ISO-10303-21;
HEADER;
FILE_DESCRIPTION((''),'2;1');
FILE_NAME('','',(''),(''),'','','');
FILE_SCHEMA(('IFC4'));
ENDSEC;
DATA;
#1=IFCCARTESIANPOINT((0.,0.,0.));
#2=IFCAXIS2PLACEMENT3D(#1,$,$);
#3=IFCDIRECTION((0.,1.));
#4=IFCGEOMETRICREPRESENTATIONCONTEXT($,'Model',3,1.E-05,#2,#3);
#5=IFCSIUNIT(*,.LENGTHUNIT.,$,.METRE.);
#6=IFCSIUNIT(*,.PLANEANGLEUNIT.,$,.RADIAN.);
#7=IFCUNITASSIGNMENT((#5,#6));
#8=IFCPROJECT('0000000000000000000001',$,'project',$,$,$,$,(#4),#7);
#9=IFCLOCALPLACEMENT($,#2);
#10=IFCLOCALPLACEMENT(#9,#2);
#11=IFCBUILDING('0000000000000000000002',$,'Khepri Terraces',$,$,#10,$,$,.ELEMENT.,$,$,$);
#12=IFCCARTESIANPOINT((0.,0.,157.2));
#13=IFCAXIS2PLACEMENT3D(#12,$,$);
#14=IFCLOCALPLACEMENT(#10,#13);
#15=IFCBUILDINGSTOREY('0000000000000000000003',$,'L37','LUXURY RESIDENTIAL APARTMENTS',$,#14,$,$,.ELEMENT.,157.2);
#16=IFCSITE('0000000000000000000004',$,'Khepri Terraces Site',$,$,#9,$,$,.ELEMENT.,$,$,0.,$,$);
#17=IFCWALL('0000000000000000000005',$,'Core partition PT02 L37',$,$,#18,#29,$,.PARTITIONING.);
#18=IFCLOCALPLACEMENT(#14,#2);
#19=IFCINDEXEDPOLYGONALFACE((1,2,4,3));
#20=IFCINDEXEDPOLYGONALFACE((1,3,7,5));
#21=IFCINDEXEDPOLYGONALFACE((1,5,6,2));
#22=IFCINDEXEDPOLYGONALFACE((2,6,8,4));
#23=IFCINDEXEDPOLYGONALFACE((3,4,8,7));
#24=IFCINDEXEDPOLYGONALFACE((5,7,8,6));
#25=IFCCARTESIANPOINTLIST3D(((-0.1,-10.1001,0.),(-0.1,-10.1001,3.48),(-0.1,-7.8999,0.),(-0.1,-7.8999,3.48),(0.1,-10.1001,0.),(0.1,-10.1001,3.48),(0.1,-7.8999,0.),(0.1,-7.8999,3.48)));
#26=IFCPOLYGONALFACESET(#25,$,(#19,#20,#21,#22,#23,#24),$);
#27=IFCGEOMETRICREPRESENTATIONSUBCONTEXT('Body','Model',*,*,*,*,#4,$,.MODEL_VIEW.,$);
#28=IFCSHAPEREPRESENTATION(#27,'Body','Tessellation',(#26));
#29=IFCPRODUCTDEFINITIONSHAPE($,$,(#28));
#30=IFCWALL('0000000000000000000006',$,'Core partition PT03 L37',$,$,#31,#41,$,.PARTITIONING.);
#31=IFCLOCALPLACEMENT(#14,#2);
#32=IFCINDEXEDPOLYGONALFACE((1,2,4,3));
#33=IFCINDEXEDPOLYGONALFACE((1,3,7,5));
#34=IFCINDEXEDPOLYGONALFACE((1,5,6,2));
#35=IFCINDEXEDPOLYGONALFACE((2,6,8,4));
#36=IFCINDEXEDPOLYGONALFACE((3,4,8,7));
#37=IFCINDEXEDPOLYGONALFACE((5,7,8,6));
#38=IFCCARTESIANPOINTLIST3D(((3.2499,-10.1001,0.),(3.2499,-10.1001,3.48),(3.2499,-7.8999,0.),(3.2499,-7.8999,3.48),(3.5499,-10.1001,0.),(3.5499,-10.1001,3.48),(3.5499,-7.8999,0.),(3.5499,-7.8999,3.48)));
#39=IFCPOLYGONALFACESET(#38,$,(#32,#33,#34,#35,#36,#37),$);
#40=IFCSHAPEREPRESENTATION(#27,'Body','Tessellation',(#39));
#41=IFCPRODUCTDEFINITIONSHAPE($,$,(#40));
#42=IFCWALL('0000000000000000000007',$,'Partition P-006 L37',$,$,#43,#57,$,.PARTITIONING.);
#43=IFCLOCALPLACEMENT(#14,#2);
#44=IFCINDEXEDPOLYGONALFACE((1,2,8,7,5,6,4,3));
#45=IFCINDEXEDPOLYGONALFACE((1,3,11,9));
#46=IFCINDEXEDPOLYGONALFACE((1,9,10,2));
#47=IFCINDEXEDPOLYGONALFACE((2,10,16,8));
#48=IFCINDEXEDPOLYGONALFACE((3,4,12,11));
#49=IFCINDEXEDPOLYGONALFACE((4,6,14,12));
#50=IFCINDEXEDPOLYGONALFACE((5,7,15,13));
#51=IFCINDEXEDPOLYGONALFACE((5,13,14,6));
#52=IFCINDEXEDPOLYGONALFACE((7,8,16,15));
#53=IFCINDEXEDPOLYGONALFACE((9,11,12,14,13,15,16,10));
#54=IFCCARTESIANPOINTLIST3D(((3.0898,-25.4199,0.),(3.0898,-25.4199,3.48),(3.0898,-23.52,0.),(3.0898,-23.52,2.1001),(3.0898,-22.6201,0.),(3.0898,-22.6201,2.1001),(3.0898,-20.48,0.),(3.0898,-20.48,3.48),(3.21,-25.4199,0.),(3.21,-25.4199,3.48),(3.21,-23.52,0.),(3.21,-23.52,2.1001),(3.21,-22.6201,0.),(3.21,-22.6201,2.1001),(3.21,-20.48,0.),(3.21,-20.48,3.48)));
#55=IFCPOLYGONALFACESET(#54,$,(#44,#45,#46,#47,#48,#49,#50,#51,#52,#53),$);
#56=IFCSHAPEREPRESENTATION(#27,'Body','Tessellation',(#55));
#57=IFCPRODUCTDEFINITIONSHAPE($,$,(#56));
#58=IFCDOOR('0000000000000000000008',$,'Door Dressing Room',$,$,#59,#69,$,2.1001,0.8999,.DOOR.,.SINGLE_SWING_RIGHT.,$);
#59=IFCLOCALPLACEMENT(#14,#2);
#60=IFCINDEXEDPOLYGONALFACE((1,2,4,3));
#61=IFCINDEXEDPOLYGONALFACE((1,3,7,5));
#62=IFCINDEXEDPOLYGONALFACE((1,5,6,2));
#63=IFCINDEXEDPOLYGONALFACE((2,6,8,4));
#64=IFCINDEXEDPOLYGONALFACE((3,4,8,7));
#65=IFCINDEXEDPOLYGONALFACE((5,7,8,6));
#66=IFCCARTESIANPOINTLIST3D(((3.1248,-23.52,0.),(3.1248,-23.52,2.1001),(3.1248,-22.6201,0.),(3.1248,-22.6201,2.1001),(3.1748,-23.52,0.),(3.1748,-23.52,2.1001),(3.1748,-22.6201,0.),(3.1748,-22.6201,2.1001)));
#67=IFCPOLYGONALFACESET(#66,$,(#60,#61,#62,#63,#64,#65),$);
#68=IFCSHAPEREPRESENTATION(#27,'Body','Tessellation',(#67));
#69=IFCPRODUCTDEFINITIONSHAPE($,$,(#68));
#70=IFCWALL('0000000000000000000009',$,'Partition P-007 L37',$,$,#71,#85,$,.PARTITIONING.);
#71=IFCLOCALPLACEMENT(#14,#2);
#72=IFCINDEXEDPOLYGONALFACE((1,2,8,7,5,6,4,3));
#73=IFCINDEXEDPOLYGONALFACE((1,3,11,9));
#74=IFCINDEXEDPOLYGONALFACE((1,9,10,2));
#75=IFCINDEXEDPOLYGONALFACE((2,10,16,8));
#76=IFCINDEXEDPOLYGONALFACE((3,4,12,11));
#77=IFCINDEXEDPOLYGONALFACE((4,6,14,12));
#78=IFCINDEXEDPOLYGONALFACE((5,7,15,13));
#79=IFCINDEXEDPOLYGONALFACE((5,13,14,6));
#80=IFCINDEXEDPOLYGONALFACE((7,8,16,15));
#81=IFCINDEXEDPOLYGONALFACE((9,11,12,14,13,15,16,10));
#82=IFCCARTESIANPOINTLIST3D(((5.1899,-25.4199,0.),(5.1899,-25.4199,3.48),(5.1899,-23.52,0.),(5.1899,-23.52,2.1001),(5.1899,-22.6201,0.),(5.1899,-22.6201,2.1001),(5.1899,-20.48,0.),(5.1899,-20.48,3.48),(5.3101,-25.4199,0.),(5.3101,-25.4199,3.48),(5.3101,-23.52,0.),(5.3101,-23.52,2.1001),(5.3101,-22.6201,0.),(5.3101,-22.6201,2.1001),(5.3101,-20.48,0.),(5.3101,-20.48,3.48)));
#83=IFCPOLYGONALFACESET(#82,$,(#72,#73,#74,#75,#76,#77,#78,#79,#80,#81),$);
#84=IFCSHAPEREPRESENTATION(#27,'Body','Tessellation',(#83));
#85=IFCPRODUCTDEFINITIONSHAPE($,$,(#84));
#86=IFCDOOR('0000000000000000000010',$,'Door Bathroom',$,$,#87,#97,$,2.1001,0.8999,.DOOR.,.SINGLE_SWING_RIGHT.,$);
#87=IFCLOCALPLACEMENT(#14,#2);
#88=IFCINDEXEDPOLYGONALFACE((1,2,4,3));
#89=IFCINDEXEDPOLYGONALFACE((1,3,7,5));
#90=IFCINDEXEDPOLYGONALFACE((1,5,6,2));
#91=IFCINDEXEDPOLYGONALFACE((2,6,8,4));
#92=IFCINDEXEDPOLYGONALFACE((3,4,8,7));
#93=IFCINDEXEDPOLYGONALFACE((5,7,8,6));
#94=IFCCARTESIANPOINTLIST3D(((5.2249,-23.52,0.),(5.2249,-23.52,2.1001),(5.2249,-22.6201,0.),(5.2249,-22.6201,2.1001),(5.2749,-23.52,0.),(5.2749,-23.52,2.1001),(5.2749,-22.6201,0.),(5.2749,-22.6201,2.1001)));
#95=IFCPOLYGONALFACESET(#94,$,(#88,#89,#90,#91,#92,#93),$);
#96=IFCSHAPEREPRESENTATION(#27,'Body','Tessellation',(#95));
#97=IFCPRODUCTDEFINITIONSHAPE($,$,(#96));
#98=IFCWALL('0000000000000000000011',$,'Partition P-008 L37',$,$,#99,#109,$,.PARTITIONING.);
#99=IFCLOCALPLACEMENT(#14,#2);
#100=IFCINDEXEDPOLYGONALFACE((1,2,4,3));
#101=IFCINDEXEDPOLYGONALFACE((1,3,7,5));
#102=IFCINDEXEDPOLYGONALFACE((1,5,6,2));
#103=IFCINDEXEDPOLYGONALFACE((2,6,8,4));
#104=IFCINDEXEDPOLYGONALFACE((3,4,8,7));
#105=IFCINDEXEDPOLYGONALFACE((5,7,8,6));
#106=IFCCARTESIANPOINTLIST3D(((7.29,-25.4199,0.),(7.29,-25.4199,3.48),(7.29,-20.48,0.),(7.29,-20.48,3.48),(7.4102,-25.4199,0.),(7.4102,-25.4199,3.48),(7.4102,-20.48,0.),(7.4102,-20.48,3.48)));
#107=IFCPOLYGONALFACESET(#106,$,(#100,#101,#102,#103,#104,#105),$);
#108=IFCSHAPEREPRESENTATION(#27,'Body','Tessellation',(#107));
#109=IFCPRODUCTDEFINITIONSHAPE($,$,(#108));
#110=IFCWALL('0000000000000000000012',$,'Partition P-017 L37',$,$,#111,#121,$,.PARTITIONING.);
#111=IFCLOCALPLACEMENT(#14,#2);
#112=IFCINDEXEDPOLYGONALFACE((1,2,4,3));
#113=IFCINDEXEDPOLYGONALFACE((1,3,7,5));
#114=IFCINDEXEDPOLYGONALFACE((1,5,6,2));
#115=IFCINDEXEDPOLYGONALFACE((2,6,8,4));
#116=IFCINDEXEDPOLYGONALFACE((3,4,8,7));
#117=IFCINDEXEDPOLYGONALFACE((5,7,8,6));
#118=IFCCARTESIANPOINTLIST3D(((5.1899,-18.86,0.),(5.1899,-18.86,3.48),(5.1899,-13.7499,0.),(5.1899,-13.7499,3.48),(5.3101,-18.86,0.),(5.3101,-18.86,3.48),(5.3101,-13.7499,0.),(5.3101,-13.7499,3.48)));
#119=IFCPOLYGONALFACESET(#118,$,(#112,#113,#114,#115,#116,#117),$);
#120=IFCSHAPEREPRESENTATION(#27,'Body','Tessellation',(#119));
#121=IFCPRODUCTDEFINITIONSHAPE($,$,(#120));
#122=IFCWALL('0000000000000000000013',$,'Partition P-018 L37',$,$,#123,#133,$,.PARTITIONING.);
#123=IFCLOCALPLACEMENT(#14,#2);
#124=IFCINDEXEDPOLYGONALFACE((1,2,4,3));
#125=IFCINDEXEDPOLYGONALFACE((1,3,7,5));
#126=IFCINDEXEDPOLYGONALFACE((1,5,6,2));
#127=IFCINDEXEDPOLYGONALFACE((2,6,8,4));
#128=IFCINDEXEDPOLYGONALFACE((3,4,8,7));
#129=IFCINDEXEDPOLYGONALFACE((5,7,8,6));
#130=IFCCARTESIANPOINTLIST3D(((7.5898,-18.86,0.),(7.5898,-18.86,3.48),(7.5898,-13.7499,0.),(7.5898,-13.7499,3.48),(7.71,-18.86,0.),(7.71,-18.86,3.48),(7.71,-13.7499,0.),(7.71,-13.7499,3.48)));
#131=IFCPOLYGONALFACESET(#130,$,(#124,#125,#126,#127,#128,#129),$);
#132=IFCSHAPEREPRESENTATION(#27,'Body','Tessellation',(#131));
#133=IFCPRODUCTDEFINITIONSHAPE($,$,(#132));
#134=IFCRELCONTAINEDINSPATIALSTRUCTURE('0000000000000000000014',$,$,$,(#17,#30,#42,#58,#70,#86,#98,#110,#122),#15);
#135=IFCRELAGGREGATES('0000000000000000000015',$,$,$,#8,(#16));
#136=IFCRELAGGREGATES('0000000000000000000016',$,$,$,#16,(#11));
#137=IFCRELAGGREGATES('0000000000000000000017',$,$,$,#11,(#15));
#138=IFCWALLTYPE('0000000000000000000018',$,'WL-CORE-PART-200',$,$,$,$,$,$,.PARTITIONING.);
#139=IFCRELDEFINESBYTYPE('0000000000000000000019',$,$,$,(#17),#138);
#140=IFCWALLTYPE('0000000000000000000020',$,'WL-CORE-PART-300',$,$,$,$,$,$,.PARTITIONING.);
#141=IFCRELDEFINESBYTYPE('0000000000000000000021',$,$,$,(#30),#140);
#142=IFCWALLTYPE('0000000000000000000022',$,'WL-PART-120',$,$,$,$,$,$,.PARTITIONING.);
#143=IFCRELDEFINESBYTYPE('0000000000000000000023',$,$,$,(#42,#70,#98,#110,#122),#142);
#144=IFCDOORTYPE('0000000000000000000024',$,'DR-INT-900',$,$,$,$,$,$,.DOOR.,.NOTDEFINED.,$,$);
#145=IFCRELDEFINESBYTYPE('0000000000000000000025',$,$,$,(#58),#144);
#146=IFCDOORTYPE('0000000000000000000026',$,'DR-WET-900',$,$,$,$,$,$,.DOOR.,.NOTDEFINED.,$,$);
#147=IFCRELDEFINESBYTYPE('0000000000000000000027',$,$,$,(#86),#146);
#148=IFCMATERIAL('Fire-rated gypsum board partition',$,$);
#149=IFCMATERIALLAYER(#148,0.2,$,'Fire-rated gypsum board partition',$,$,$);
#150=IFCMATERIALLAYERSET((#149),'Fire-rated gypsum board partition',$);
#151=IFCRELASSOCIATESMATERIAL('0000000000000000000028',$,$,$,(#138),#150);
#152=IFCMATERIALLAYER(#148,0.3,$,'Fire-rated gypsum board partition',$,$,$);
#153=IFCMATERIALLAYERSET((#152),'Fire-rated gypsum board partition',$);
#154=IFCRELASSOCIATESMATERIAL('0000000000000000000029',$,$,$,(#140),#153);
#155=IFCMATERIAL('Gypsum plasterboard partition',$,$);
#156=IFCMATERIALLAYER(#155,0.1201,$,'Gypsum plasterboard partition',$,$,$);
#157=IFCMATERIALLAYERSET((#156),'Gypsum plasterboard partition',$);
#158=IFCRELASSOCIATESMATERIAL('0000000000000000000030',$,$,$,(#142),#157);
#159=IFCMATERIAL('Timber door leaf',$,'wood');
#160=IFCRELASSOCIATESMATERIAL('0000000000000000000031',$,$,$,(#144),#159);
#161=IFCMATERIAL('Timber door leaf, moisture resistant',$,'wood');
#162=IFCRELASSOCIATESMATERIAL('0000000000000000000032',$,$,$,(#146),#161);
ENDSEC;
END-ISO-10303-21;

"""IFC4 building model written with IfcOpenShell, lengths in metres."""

from ifc_helpers import new_model, si_unit, direction, frame, frame_2d, origin, place, context, subcontext, project, spatial, rectangle, extrude, material, layer, layer_set, type_object, element, fill, save


model = new_model("IFC4")

# Units and contexts
model_context = context("Model", 3, precision=1e-05, world=origin(), true_north=direction((0.0, 1.0)))
body_context = subcontext(model_context, "Body", "Model", "MODEL_VIEW")
ifc_project = project(units=[si_unit("LENGTHUNIT", "METRE"), si_unit("PLANEANGLEUNIT", "RADIAN")], contexts=[model_context])

# Site, building, storey
site_placement = place(None, origin())
site = spatial("IfcSite", under=ifc_project, at=site_placement, Name="Khepri Terraces Site", CompositionType="ELEMENT", RefElevation=0.0)
building_placement = place(site_placement, origin())
building = spatial("IfcBuilding", under=site, at=building_placement, Name="Khepri Terraces", CompositionType="ELEMENT")
storey_placement = place(building_placement, frame((0.0, 0.0, 157.2)))
storey = spatial("IfcBuildingStorey", under=building, at=storey_placement, Name="L37", Description="LUXURY RESIDENTIAL APARTMENTS", CompositionType="ELEMENT", Elevation=157.2)

# Walls
ifc_material_1 = material(Name="Fire-rated gypsum board partition")
ifc_layer_1 = layer(ifc_material_1, 0.2, Name="Fire-rated gypsum board partition")
ifc_layer_set_1 = layer_set([ifc_layer_1], Name="Fire-rated gypsum board partition")
wall_type_1 = type_object("IfcWallType", Name="WL-CORE-PART-200", PredefinedType="PARTITIONING", material=ifc_layer_set_1)
wall_1_placement = place(storey_placement, frame((0.0, -10.1001, 0.0), z_axis=(0.0, 0.0, 1.0), x_axis=(0.0, 1.0, 0.0)))
element("IfcWall", 1, at=wall_1_placement, inside=storey, type_object=wall_type_1, Name="Core partition PT02 L37", PredefinedType="PARTITIONING", context=body_context, shape_type="SweptSolid", body=[
    extrude(rectangle(XDim=2.2002, YDim=0.2, at=frame_2d((1.1001, 0.0))), origin(), (0.0, 0.0, 1.0), 3.48),
])
ifc_layer_2 = layer(ifc_material_1, 0.3, Name="Fire-rated gypsum board partition")
ifc_layer_set_2 = layer_set([ifc_layer_2], Name="Fire-rated gypsum board partition")
wall_type_2 = type_object("IfcWallType", Name="WL-CORE-PART-300", PredefinedType="PARTITIONING", material=ifc_layer_set_2)
wall_2_placement = place(storey_placement, frame((3.3999, -10.1001, 0.0), z_axis=(0.0, 0.0, 1.0), x_axis=(0.0, 1.0, 0.0)))
element("IfcWall", 2, at=wall_2_placement, inside=storey, type_object=wall_type_2, Name="Core partition PT03 L37", PredefinedType="PARTITIONING", context=body_context, shape_type="SweptSolid", body=[
    extrude(rectangle(XDim=2.2002, YDim=0.3, at=frame_2d((1.1001, 0.0))), origin(), (0.0, 0.0, 1.0), 3.48),
])

# Walls, openings, doors
ifc_material_2 = material(Name="Gypsum plasterboard partition")
ifc_layer_3 = layer(ifc_material_2, 0.1201, Name="Gypsum plasterboard partition")
ifc_layer_set_3 = layer_set([ifc_layer_3], Name="Gypsum plasterboard partition")
wall_type_3 = type_object("IfcWallType", Name="WL-PART-120", PredefinedType="PARTITIONING", material=ifc_layer_set_3)
wall_3_placement = place(storey_placement, frame((3.1499, -25.4199, 0.0), z_axis=(0.0, 0.0, 1.0), x_axis=(0.0, 1.0, 0.0)))
wall_3 = element("IfcWall", 3, at=wall_3_placement, inside=storey, type_object=wall_type_3, Name="Partition P-006 L37", PredefinedType="PARTITIONING", context=body_context, shape_type="SweptSolid", body=[
    extrude(rectangle(XDim=4.9399, YDim=0.1201, at=frame_2d((2.47, 0.0))), origin(), (0.0, 0.0, 1.0), 3.48),
])
opening_1_placement = place(wall_3_placement, frame((1.8999, 0.0, 0.0)))
opening_1 = element("IfcOpeningElement", 4, at=opening_1_placement, cuts=wall_3, PredefinedType="OPENING", context=body_context, shape_type="SweptSolid", body=[
    extrude(rectangle(XDim=0.8999, YDim=2.1001, at=frame_2d((0.45, 1.05))), frame((0.0, 0.0701, 0.0), z_axis=(0.0, -1.0, 0.0), x_axis=(1.0, 0.0, 0.0)), (0.0, 0.0, 1.0), 0.1401),
])
ifc_material_3 = material(Name="Timber door leaf", Category="wood")
door_type_1 = type_object("IfcDoorType", Name="DR-INT-900", OperationType="NOTDEFINED", PredefinedType="DOOR", material=ifc_material_3)
door_1_placement = place(opening_1_placement, frame((0.8999, 0.0, 0.0), z_axis=(0.0, 0.0, 1.0), x_axis=(-1.0, 0.0, 0.0)))
door_1 = element("IfcDoor", 5, at=door_1_placement, inside=storey, type_object=door_type_1, Name="Door Dressing Room", OperationType="SINGLE_SWING_RIGHT", OverallHeight=2.1001, OverallWidth=0.8999, PredefinedType="DOOR", context=body_context, shape_type="SweptSolid", body=[
    extrude(rectangle(XDim=0.8999, YDim=2.1001, at=frame_2d((0.45, 1.05))), frame((0.0, 0.0249, 0.0), z_axis=(0.0, -1.0, 0.0), x_axis=(1.0, 0.0, 0.0)), (0.0, 0.0, 1.0), 0.05),
])
fill(opening_1, door_1)
wall_4_placement = place(storey_placement, frame((5.25, -25.4199, 0.0), z_axis=(0.0, 0.0, 1.0), x_axis=(0.0, 1.0, 0.0)))
wall_4 = element("IfcWall", 6, at=wall_4_placement, inside=storey, type_object=wall_type_3, Name="Partition P-007 L37", PredefinedType="PARTITIONING", context=body_context, shape_type="SweptSolid", body=[
    extrude(rectangle(XDim=4.9399, YDim=0.1201, at=frame_2d((2.47, 0.0))), origin(), (0.0, 0.0, 1.0), 3.48),
])
opening_2_placement = place(wall_4_placement, frame((1.8999, 0.0, 0.0)))
opening_2 = element("IfcOpeningElement", 7, at=opening_2_placement, cuts=wall_4, PredefinedType="OPENING", context=body_context, shape_type="SweptSolid", body=[
    extrude(rectangle(XDim=0.8999, YDim=2.1001, at=frame_2d((0.45, 1.05))), frame((0.0, 0.0701, 0.0), z_axis=(0.0, -1.0, 0.0), x_axis=(1.0, 0.0, 0.0)), (0.0, 0.0, 1.0), 0.1401),
])
ifc_material_4 = material(Name="Timber door leaf, moisture resistant", Category="wood")
door_type_2 = type_object("IfcDoorType", Name="DR-WET-900", OperationType="NOTDEFINED", PredefinedType="DOOR", material=ifc_material_4)
door_2_placement = place(opening_2_placement, frame((0.8999, 0.0, 0.0), z_axis=(0.0, 0.0, 1.0), x_axis=(-1.0, 0.0, 0.0)))
door_2 = element("IfcDoor", 8, at=door_2_placement, inside=storey, type_object=door_type_2, Name="Door Bathroom", OperationType="SINGLE_SWING_RIGHT", OverallHeight=2.1001, OverallWidth=0.8999, PredefinedType="DOOR", context=body_context, shape_type="SweptSolid", body=[
    extrude(rectangle(XDim=0.8999, YDim=2.1001, at=frame_2d((0.45, 1.05))), frame((0.0, 0.0249, 0.0), z_axis=(0.0, -1.0, 0.0), x_axis=(1.0, 0.0, 0.0)), (0.0, 0.0, 1.0), 0.05),
])
fill(opening_2, door_2)

# Walls
wall_5_placement = place(storey_placement, frame((7.3501, -25.4199, 0.0), z_axis=(0.0, 0.0, 1.0), x_axis=(0.0, 1.0, 0.0)))
element("IfcWall", 9, at=wall_5_placement, inside=storey, type_object=wall_type_3, Name="Partition P-008 L37", PredefinedType="PARTITIONING", context=body_context, shape_type="SweptSolid", body=[
    extrude(rectangle(XDim=4.9399, YDim=0.1201, at=frame_2d((2.47, 0.0))), origin(), (0.0, 0.0, 1.0), 3.48),
])
for number, where, z_axis, x_axis, name in (
    (10, (5.25, -18.8601, 0.0), (0.0, 0.0, 1.0), (0.0, 1.0, 0.0), "Partition P-017 L37"),
    (11, (7.6499, -18.8601, 0.0), (0.0, 0.0, 1.0), (0.0, 1.0, 0.0), "Partition P-018 L37"),
):
    element("IfcWall", number, at=place(storey_placement, frame(where, z_axis=z_axis, x_axis=x_axis)), inside=storey, type_object=wall_type_3, Name=name, PredefinedType="PARTITIONING", context=body_context, shape_type="SweptSolid", body=[
        extrude(rectangle(XDim=5.1101, YDim=0.1201, at=frame_2d((2.5552, 0.0))), origin(), (0.0, 0.0, 1.0), 3.48),
    ])

save(model, "model.ifc")
